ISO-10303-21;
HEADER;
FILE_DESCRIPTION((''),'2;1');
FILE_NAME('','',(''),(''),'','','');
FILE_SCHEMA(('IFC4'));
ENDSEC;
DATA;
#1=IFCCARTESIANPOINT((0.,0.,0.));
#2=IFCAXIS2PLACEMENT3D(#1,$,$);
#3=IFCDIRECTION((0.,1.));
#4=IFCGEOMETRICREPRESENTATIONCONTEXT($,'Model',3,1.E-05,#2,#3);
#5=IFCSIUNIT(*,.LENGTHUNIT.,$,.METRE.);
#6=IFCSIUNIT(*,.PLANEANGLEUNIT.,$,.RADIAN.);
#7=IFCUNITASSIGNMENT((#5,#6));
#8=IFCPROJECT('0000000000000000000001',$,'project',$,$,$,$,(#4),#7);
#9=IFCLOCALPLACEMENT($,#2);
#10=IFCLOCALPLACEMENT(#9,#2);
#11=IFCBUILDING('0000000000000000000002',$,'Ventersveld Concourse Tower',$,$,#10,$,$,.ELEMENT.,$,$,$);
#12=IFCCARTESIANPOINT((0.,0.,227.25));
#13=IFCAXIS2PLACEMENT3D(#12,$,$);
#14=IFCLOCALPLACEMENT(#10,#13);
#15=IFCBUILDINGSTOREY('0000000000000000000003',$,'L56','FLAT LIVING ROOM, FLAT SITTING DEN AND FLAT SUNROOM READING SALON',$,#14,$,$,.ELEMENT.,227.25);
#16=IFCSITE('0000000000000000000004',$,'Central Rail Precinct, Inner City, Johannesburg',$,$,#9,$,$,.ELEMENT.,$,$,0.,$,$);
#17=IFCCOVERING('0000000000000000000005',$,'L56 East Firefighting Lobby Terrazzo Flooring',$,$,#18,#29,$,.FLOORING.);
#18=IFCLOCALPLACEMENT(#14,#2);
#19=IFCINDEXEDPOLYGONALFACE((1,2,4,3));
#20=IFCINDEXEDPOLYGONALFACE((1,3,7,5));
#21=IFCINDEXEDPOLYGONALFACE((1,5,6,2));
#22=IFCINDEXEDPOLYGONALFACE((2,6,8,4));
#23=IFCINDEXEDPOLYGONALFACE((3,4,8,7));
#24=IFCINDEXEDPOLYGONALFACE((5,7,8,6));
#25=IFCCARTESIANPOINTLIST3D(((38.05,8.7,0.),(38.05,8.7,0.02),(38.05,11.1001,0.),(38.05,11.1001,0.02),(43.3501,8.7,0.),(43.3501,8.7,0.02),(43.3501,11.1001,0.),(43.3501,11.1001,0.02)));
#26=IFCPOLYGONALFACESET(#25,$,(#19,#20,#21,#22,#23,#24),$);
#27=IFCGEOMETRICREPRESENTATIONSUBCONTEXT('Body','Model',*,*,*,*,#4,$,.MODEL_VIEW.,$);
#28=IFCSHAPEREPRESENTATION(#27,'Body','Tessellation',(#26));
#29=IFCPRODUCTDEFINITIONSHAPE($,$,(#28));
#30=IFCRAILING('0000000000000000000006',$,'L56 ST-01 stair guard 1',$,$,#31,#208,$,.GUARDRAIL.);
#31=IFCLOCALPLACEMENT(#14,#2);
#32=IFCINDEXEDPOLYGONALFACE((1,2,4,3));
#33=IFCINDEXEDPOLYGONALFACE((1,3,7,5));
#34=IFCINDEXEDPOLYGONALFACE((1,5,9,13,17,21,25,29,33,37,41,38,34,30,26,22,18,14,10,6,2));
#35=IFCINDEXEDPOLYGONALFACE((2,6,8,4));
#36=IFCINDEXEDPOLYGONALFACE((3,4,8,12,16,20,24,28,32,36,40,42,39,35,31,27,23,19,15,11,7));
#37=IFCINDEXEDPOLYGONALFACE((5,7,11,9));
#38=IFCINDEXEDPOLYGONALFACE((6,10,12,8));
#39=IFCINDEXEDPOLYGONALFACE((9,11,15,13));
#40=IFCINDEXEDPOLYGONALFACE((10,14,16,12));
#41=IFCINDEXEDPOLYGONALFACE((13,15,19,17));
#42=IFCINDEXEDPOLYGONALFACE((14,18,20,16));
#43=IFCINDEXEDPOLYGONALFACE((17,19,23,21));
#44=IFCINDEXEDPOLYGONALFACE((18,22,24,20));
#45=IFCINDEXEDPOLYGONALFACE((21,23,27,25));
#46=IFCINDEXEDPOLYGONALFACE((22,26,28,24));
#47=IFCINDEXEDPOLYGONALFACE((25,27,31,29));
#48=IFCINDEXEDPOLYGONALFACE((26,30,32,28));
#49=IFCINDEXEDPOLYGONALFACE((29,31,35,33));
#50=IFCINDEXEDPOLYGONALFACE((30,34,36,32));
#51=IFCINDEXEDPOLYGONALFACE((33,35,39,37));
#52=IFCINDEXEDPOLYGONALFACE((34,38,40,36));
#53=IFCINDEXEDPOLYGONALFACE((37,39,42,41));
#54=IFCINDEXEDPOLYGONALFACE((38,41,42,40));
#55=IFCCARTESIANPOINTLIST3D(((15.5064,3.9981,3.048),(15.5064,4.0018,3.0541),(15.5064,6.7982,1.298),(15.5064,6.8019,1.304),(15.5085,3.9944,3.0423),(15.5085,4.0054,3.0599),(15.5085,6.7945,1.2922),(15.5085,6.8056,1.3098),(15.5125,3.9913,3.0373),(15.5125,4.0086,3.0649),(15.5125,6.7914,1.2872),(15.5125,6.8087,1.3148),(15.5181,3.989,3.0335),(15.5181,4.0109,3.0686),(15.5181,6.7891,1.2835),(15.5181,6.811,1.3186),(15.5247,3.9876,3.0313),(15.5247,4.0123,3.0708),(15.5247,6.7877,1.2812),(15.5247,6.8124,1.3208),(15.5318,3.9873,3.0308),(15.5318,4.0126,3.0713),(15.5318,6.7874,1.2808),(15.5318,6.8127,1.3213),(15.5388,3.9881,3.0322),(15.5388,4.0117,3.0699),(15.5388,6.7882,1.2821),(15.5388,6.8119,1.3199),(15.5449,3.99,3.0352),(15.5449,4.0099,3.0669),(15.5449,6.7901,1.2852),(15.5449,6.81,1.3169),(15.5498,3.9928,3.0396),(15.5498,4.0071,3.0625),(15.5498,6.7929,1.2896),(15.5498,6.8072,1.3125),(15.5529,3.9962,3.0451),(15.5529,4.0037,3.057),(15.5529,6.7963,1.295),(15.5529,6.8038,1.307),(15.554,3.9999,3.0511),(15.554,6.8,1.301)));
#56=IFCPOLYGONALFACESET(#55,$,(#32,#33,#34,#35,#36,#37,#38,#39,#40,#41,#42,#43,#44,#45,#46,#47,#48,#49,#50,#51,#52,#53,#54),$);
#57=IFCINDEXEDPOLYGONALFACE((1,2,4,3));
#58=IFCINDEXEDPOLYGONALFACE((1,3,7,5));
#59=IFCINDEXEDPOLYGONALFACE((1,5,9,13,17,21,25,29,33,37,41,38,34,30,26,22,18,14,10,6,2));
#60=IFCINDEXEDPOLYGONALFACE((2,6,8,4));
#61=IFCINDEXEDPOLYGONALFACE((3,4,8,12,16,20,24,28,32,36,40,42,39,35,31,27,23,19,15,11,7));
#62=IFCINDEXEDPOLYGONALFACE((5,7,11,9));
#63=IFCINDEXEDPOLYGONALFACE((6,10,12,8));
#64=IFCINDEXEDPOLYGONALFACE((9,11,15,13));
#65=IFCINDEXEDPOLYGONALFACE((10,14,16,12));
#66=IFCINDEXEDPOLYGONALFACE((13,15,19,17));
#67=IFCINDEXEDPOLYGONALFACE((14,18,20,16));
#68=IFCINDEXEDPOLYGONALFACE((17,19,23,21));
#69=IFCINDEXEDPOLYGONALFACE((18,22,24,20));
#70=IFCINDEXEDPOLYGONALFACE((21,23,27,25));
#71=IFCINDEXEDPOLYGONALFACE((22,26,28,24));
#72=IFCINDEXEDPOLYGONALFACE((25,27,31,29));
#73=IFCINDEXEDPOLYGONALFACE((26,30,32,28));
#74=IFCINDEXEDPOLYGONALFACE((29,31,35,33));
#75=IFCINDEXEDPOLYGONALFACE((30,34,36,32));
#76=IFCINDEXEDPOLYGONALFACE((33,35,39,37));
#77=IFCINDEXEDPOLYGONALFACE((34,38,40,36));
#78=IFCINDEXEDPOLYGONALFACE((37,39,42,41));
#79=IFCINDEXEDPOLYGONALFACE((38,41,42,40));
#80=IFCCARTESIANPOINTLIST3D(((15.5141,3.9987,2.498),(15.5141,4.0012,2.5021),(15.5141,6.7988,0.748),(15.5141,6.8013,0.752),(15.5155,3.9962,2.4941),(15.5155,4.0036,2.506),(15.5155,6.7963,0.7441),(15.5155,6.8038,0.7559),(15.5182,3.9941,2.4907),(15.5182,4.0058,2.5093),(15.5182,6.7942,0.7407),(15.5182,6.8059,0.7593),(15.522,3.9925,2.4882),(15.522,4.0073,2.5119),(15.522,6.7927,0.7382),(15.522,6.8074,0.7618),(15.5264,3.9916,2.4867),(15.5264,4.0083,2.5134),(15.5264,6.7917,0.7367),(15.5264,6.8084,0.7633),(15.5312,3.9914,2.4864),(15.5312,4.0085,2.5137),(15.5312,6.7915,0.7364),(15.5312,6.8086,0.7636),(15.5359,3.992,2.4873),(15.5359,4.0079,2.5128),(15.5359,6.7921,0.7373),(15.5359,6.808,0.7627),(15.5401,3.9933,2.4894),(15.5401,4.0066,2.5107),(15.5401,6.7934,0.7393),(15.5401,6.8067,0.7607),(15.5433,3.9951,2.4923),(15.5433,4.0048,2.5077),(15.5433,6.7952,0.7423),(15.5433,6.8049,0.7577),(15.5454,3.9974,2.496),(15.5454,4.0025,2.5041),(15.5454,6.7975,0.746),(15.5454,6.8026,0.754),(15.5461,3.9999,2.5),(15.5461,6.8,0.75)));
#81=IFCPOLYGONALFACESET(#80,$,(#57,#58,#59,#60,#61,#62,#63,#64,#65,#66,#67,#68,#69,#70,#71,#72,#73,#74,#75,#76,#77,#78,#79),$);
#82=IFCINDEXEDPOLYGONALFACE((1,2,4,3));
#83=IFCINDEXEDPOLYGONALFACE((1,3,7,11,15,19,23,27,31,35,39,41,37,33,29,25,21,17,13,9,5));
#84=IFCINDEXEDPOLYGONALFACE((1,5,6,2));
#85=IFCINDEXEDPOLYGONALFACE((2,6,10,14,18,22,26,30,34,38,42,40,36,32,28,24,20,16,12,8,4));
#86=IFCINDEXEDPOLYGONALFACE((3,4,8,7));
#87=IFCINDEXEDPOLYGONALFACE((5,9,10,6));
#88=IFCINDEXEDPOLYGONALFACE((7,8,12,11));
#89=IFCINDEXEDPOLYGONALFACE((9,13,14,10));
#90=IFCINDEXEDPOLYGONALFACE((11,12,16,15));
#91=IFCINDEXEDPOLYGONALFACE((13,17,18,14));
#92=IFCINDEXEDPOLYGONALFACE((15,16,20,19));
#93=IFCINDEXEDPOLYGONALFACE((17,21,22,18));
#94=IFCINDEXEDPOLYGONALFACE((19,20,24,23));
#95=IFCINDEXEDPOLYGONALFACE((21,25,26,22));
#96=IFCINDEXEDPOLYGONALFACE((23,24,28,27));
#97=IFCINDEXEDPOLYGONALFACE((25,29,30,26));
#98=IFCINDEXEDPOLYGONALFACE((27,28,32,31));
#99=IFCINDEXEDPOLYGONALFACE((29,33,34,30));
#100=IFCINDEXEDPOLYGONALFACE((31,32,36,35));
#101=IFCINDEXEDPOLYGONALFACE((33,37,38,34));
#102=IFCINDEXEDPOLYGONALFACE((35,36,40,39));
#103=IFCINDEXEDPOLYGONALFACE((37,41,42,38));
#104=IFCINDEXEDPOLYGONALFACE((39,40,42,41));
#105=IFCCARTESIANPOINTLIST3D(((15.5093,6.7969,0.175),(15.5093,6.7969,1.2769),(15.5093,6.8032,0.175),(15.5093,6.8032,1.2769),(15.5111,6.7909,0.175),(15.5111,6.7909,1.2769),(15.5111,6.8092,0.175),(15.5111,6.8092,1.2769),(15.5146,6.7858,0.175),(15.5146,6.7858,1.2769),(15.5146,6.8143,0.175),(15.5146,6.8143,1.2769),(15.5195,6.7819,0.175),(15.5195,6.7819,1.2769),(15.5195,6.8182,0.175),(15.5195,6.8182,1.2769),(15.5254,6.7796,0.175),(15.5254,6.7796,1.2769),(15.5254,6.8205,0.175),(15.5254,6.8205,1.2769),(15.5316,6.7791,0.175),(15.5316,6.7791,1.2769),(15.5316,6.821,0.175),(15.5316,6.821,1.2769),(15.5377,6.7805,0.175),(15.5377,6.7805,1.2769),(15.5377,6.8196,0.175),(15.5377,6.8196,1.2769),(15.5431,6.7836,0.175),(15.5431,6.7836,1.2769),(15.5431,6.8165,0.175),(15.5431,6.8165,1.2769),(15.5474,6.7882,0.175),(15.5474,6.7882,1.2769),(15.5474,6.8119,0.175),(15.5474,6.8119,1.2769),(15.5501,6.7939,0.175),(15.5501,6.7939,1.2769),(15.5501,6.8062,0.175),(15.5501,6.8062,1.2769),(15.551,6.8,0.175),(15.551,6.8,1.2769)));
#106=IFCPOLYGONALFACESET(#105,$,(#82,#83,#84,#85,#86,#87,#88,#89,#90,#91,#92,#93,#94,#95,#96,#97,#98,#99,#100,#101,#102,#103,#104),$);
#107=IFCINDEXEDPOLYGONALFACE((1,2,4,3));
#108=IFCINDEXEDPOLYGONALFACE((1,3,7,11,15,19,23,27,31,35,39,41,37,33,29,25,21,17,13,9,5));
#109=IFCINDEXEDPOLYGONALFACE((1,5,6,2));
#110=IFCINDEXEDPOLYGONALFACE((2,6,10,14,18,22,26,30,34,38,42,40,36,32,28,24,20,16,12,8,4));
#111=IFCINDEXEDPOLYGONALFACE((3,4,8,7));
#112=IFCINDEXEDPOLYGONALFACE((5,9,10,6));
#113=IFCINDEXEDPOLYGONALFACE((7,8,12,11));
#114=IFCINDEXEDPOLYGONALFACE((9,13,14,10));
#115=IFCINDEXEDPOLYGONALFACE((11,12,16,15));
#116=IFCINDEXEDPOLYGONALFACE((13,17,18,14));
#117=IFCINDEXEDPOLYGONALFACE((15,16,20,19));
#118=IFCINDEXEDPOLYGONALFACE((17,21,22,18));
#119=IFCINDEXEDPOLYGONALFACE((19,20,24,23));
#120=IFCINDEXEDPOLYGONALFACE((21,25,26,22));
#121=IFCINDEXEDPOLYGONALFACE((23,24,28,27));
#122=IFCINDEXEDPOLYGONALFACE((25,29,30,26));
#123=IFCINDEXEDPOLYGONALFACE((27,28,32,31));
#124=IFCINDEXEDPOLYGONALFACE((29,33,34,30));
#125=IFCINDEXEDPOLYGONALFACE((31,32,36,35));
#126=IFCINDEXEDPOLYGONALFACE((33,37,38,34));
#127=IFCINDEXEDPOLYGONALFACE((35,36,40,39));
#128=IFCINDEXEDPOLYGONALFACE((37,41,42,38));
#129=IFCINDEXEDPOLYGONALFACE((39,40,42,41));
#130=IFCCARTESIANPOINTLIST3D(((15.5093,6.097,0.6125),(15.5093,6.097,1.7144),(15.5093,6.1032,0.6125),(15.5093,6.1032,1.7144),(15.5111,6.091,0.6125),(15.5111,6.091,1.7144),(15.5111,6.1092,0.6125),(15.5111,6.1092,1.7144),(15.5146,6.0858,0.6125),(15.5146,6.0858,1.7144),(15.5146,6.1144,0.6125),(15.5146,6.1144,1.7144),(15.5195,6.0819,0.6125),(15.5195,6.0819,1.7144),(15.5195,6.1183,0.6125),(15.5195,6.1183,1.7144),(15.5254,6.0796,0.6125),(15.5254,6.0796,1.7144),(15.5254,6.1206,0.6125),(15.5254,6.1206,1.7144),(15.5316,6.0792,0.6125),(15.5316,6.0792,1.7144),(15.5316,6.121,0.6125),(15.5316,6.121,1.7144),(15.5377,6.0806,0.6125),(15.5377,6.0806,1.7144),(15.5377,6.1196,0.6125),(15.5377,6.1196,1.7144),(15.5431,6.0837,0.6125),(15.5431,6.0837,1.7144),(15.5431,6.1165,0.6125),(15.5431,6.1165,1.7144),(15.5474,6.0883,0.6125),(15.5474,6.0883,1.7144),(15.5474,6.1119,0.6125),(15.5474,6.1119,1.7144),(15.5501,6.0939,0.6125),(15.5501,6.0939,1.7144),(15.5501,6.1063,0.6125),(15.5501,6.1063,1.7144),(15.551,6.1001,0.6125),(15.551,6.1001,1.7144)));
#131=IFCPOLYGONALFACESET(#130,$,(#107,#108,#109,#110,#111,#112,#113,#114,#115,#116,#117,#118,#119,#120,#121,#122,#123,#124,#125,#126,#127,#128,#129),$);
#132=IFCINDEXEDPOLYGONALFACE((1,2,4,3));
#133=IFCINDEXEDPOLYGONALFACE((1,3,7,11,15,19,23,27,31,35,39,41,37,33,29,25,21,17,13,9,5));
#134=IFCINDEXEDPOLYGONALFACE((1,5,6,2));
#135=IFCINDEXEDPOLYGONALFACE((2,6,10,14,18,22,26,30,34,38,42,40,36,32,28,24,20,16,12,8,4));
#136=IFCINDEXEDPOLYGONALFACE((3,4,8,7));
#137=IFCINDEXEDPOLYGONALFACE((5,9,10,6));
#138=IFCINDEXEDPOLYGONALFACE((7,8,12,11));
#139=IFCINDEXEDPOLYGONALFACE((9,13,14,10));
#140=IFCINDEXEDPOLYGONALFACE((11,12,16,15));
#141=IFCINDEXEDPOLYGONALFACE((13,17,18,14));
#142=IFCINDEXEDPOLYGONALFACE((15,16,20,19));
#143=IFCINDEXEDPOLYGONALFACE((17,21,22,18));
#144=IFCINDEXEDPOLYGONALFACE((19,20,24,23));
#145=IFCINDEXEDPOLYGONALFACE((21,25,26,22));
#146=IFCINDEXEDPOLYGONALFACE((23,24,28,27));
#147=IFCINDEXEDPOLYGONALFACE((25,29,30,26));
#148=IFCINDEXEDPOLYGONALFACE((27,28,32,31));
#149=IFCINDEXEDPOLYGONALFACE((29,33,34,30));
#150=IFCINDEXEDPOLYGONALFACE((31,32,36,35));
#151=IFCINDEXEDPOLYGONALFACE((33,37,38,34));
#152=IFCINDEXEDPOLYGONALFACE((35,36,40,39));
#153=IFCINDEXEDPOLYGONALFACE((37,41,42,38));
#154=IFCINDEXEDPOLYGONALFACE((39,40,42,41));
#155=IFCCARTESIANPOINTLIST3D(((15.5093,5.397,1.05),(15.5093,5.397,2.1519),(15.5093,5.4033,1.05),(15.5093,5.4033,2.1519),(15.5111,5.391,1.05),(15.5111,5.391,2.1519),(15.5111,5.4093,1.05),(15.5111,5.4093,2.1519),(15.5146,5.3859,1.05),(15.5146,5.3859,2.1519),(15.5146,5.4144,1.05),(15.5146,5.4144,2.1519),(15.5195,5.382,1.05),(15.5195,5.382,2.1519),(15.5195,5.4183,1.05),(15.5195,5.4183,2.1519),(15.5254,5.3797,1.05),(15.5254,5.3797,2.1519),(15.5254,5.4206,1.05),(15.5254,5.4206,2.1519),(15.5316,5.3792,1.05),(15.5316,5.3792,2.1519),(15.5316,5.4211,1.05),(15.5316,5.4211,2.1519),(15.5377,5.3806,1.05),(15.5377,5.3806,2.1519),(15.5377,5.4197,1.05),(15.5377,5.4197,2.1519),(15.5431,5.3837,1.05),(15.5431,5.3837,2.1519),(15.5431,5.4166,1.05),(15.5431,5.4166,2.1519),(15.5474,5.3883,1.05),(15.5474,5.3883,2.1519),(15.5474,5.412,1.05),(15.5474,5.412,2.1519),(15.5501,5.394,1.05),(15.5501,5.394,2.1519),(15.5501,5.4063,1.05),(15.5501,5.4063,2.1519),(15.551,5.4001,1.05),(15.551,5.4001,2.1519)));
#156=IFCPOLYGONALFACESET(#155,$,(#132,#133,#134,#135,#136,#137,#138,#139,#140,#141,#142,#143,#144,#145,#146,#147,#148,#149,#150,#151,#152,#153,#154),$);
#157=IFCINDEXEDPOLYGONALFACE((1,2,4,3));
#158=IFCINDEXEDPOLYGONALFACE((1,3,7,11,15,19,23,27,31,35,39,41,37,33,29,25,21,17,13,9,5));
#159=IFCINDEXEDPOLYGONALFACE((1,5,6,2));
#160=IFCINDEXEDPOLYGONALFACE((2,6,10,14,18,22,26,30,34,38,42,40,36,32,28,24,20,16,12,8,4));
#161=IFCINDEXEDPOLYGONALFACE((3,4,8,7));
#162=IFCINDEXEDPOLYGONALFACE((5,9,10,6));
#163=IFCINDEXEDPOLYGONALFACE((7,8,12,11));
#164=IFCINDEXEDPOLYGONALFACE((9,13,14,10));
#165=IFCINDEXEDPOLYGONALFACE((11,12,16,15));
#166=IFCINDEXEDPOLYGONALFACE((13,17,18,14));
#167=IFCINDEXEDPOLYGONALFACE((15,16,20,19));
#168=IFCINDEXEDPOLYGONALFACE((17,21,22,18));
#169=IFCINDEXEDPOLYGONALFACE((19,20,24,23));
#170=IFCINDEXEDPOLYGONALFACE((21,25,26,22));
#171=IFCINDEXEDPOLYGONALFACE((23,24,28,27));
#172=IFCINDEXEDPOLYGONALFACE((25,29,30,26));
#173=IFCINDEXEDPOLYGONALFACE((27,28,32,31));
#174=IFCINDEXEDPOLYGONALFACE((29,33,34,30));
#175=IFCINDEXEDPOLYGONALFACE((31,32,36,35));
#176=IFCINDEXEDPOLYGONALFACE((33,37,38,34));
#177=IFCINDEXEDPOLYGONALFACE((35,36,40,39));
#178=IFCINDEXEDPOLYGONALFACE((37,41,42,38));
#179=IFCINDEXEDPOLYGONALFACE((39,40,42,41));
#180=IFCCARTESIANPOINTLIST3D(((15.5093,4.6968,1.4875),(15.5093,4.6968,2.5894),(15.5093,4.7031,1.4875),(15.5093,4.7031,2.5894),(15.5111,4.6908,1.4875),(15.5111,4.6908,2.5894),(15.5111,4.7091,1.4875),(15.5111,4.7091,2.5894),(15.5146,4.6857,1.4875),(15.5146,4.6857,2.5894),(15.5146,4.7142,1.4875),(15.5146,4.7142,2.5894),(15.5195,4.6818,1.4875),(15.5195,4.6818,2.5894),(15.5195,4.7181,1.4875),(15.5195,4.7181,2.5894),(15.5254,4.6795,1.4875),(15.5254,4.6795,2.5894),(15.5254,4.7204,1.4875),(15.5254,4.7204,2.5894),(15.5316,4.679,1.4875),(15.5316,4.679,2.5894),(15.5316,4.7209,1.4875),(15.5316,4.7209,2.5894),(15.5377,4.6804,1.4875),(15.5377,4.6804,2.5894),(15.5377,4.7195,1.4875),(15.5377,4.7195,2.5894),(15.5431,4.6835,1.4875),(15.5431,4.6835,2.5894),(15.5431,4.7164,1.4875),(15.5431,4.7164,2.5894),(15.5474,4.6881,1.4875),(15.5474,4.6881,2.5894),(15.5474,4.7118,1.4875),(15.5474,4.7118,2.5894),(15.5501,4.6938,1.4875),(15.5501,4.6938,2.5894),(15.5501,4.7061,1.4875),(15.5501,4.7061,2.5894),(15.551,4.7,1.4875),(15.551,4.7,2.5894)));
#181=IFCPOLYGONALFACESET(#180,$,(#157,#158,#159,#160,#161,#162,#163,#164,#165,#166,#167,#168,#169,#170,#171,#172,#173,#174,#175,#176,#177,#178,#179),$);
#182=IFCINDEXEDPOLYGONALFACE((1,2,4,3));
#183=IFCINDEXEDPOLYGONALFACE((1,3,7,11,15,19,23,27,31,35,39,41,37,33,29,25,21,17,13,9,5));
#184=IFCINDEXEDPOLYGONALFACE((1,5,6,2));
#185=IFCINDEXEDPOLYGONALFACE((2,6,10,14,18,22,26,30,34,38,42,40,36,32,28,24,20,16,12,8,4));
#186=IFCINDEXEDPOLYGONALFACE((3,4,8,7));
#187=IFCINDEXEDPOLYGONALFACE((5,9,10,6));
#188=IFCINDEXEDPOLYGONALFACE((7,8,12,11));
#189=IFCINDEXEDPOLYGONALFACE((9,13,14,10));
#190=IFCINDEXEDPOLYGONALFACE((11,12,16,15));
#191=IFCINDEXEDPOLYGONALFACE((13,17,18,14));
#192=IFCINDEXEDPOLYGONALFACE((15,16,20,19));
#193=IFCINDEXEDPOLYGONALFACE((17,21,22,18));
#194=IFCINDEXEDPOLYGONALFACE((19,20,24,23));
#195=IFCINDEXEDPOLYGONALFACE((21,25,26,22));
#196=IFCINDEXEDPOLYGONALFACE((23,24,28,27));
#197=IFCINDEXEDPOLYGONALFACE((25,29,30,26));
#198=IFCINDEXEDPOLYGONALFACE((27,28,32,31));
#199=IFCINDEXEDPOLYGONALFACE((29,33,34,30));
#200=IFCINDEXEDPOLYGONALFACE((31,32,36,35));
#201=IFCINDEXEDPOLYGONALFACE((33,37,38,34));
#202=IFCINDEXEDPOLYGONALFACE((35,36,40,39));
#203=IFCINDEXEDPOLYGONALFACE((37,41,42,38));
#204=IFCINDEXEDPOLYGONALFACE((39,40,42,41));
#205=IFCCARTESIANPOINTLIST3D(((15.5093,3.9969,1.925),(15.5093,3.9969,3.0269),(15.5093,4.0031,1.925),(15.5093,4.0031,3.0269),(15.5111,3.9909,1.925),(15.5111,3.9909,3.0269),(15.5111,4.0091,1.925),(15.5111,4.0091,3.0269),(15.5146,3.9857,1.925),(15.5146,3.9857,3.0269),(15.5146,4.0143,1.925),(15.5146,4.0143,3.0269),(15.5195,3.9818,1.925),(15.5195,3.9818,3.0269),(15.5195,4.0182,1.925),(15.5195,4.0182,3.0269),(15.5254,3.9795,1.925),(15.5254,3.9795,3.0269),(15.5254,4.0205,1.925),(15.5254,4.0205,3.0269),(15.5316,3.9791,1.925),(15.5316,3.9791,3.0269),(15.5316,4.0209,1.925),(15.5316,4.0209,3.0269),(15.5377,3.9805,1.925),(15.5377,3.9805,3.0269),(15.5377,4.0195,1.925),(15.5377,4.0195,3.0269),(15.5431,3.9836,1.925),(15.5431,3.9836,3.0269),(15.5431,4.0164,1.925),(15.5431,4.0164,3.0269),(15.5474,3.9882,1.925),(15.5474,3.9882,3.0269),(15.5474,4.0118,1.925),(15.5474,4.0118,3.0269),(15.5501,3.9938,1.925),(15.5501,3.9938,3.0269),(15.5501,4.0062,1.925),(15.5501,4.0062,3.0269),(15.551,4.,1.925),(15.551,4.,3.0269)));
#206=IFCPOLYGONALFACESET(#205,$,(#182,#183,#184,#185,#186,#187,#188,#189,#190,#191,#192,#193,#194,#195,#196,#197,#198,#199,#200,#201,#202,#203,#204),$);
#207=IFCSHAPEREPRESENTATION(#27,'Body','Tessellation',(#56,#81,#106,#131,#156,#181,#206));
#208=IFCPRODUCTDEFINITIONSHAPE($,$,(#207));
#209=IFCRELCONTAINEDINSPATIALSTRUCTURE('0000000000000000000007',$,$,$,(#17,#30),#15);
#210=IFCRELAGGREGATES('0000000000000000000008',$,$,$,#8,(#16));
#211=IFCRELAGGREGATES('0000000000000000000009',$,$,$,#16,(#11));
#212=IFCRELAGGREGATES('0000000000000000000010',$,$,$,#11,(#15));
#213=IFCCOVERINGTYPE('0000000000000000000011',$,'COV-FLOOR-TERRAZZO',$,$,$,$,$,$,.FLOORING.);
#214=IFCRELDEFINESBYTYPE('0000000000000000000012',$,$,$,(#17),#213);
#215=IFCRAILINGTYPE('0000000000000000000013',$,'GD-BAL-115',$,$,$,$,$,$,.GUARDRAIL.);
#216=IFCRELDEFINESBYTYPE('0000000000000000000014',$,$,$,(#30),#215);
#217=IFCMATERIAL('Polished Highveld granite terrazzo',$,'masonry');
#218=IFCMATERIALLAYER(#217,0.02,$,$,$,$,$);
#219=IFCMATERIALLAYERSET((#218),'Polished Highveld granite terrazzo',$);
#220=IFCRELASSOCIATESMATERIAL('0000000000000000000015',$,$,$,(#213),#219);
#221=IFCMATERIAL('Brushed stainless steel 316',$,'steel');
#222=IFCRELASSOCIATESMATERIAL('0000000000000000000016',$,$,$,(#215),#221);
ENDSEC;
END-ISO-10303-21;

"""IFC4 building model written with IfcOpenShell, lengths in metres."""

from ifc_helpers import new_model, si_unit, direction, frame, origin, origin_2d, place, context, subcontext, project, spatial, polyline, circle, outline, extrude, material, layer, layer_set, type_object, element, save


model = new_model("IFC4")

# Units and contexts
model_context = context("Model", 3, precision=1e-05, world=origin(), true_north=direction((0.0, 1.0)))
body_context = subcontext(model_context, "Body", "Model", "MODEL_VIEW")
ifc_project = project(units=[si_unit("LENGTHUNIT", "METRE"), si_unit("PLANEANGLEUNIT", "RADIAN")], contexts=[model_context])

# Site, building, storey
site_placement = place(None, origin())
site = spatial("IfcSite", under=ifc_project, at=site_placement, Name="Central Rail Precinct, Inner City, Johannesburg", CompositionType="ELEMENT", RefElevation=0.0)
building_placement = place(site_placement, origin())
building = spatial("IfcBuilding", under=site, at=building_placement, Name="Ventersveld Concourse Tower", CompositionType="ELEMENT")
storey_placement = place(building_placement, frame((0.0, 0.0, 227.25)))
storey = spatial("IfcBuildingStorey", under=building, at=storey_placement, Name="L56", Description="FLAT LIVING ROOM, FLAT SITTING DEN AND FLAT SUNROOM READING SALON", CompositionType="ELEMENT", Elevation=227.25)

# Covering
ifc_material_1 = material(Name="Polished Highveld granite terrazzo", Category="masonry")
ifc_layer_1 = layer(ifc_material_1, 0.02)
ifc_layer_set_1 = layer_set([ifc_layer_1], Name="Polished Highveld granite terrazzo")
covering_type_1 = type_object("IfcCoveringType", Name="COV-FLOOR-TERRAZZO", PredefinedType="FLOORING", material=ifc_layer_set_1)
covering_1_placement = place(storey_placement, origin())
element("IfcCovering", 1, at=covering_1_placement, inside=storey, type_object=covering_type_1, Name="L56 East Firefighting Lobby Terrazzo Flooring", PredefinedType="FLOORING", context=body_context, shape_type="SweptSolid", body=[
    extrude(outline(polyline([(38.05, 8.7), (43.3501, 8.7), (43.3501, 11.1001), (38.05, 11.1001), (38.05, 8.7)])), origin(), (0.0, 0.0, 1.0), 0.02),
])

# Railing
ifc_material_2 = material(Name="Brushed stainless steel 316", Category="steel")
railing_type_1 = type_object("IfcRailingType", Name="GD-BAL-115", PredefinedType="GUARDRAIL", material=ifc_material_2)
railing_1_placement = place(storey_placement, frame((15.53, 6.8, 0.175)))
element("IfcRailing", 2, at=railing_1_placement, inside=storey, type_object=railing_type_1, Name="L56 ST-01 stair guard 1", PredefinedType="GUARDRAIL", context=body_context, shape_type="SweptSolid", body=[
    extrude(circle(Radius=0.0239, at=origin_2d()), frame((0.0, 0.0, 1.126), z_axis=(0.0, -0.848002, 0.529992), x_axis=(1.0, 0.0, 0.0)), (0.0, 0.0, 1.0), 3.302),
    extrude(circle(Radius=0.0161, at=origin_2d()), frame((0.0, 0.0, 0.575), z_axis=(0.0, -0.848002, 0.529992), x_axis=(1.0, 0.0, 0.0)), (0.0, 0.0, 1.0), 3.302),
    extrude(circle(Radius=0.021, at=origin_2d()), origin(), (0.0, 0.0, 1.0), 1.1018),
    extrude(circle(Radius=0.021, at=origin_2d()), frame((0.0, -0.7, 0.4375)), (0.0, 0.0, 1.0), 1.1018),
    extrude(circle(Radius=0.021, at=origin_2d()), frame((0.0, -1.3999, 0.875)), (0.0, 0.0, 1.0), 1.1018),
    extrude(circle(Radius=0.021, at=origin_2d()), frame((0.0, -2.1001, 1.3125)), (0.0, 0.0, 1.0), 1.1018),
    extrude(circle(Radius=0.021, at=origin_2d()), frame((0.0, -2.8, 1.75)), (0.0, 0.0, 1.0), 1.1018),
])

save(model, "model.ifc")
